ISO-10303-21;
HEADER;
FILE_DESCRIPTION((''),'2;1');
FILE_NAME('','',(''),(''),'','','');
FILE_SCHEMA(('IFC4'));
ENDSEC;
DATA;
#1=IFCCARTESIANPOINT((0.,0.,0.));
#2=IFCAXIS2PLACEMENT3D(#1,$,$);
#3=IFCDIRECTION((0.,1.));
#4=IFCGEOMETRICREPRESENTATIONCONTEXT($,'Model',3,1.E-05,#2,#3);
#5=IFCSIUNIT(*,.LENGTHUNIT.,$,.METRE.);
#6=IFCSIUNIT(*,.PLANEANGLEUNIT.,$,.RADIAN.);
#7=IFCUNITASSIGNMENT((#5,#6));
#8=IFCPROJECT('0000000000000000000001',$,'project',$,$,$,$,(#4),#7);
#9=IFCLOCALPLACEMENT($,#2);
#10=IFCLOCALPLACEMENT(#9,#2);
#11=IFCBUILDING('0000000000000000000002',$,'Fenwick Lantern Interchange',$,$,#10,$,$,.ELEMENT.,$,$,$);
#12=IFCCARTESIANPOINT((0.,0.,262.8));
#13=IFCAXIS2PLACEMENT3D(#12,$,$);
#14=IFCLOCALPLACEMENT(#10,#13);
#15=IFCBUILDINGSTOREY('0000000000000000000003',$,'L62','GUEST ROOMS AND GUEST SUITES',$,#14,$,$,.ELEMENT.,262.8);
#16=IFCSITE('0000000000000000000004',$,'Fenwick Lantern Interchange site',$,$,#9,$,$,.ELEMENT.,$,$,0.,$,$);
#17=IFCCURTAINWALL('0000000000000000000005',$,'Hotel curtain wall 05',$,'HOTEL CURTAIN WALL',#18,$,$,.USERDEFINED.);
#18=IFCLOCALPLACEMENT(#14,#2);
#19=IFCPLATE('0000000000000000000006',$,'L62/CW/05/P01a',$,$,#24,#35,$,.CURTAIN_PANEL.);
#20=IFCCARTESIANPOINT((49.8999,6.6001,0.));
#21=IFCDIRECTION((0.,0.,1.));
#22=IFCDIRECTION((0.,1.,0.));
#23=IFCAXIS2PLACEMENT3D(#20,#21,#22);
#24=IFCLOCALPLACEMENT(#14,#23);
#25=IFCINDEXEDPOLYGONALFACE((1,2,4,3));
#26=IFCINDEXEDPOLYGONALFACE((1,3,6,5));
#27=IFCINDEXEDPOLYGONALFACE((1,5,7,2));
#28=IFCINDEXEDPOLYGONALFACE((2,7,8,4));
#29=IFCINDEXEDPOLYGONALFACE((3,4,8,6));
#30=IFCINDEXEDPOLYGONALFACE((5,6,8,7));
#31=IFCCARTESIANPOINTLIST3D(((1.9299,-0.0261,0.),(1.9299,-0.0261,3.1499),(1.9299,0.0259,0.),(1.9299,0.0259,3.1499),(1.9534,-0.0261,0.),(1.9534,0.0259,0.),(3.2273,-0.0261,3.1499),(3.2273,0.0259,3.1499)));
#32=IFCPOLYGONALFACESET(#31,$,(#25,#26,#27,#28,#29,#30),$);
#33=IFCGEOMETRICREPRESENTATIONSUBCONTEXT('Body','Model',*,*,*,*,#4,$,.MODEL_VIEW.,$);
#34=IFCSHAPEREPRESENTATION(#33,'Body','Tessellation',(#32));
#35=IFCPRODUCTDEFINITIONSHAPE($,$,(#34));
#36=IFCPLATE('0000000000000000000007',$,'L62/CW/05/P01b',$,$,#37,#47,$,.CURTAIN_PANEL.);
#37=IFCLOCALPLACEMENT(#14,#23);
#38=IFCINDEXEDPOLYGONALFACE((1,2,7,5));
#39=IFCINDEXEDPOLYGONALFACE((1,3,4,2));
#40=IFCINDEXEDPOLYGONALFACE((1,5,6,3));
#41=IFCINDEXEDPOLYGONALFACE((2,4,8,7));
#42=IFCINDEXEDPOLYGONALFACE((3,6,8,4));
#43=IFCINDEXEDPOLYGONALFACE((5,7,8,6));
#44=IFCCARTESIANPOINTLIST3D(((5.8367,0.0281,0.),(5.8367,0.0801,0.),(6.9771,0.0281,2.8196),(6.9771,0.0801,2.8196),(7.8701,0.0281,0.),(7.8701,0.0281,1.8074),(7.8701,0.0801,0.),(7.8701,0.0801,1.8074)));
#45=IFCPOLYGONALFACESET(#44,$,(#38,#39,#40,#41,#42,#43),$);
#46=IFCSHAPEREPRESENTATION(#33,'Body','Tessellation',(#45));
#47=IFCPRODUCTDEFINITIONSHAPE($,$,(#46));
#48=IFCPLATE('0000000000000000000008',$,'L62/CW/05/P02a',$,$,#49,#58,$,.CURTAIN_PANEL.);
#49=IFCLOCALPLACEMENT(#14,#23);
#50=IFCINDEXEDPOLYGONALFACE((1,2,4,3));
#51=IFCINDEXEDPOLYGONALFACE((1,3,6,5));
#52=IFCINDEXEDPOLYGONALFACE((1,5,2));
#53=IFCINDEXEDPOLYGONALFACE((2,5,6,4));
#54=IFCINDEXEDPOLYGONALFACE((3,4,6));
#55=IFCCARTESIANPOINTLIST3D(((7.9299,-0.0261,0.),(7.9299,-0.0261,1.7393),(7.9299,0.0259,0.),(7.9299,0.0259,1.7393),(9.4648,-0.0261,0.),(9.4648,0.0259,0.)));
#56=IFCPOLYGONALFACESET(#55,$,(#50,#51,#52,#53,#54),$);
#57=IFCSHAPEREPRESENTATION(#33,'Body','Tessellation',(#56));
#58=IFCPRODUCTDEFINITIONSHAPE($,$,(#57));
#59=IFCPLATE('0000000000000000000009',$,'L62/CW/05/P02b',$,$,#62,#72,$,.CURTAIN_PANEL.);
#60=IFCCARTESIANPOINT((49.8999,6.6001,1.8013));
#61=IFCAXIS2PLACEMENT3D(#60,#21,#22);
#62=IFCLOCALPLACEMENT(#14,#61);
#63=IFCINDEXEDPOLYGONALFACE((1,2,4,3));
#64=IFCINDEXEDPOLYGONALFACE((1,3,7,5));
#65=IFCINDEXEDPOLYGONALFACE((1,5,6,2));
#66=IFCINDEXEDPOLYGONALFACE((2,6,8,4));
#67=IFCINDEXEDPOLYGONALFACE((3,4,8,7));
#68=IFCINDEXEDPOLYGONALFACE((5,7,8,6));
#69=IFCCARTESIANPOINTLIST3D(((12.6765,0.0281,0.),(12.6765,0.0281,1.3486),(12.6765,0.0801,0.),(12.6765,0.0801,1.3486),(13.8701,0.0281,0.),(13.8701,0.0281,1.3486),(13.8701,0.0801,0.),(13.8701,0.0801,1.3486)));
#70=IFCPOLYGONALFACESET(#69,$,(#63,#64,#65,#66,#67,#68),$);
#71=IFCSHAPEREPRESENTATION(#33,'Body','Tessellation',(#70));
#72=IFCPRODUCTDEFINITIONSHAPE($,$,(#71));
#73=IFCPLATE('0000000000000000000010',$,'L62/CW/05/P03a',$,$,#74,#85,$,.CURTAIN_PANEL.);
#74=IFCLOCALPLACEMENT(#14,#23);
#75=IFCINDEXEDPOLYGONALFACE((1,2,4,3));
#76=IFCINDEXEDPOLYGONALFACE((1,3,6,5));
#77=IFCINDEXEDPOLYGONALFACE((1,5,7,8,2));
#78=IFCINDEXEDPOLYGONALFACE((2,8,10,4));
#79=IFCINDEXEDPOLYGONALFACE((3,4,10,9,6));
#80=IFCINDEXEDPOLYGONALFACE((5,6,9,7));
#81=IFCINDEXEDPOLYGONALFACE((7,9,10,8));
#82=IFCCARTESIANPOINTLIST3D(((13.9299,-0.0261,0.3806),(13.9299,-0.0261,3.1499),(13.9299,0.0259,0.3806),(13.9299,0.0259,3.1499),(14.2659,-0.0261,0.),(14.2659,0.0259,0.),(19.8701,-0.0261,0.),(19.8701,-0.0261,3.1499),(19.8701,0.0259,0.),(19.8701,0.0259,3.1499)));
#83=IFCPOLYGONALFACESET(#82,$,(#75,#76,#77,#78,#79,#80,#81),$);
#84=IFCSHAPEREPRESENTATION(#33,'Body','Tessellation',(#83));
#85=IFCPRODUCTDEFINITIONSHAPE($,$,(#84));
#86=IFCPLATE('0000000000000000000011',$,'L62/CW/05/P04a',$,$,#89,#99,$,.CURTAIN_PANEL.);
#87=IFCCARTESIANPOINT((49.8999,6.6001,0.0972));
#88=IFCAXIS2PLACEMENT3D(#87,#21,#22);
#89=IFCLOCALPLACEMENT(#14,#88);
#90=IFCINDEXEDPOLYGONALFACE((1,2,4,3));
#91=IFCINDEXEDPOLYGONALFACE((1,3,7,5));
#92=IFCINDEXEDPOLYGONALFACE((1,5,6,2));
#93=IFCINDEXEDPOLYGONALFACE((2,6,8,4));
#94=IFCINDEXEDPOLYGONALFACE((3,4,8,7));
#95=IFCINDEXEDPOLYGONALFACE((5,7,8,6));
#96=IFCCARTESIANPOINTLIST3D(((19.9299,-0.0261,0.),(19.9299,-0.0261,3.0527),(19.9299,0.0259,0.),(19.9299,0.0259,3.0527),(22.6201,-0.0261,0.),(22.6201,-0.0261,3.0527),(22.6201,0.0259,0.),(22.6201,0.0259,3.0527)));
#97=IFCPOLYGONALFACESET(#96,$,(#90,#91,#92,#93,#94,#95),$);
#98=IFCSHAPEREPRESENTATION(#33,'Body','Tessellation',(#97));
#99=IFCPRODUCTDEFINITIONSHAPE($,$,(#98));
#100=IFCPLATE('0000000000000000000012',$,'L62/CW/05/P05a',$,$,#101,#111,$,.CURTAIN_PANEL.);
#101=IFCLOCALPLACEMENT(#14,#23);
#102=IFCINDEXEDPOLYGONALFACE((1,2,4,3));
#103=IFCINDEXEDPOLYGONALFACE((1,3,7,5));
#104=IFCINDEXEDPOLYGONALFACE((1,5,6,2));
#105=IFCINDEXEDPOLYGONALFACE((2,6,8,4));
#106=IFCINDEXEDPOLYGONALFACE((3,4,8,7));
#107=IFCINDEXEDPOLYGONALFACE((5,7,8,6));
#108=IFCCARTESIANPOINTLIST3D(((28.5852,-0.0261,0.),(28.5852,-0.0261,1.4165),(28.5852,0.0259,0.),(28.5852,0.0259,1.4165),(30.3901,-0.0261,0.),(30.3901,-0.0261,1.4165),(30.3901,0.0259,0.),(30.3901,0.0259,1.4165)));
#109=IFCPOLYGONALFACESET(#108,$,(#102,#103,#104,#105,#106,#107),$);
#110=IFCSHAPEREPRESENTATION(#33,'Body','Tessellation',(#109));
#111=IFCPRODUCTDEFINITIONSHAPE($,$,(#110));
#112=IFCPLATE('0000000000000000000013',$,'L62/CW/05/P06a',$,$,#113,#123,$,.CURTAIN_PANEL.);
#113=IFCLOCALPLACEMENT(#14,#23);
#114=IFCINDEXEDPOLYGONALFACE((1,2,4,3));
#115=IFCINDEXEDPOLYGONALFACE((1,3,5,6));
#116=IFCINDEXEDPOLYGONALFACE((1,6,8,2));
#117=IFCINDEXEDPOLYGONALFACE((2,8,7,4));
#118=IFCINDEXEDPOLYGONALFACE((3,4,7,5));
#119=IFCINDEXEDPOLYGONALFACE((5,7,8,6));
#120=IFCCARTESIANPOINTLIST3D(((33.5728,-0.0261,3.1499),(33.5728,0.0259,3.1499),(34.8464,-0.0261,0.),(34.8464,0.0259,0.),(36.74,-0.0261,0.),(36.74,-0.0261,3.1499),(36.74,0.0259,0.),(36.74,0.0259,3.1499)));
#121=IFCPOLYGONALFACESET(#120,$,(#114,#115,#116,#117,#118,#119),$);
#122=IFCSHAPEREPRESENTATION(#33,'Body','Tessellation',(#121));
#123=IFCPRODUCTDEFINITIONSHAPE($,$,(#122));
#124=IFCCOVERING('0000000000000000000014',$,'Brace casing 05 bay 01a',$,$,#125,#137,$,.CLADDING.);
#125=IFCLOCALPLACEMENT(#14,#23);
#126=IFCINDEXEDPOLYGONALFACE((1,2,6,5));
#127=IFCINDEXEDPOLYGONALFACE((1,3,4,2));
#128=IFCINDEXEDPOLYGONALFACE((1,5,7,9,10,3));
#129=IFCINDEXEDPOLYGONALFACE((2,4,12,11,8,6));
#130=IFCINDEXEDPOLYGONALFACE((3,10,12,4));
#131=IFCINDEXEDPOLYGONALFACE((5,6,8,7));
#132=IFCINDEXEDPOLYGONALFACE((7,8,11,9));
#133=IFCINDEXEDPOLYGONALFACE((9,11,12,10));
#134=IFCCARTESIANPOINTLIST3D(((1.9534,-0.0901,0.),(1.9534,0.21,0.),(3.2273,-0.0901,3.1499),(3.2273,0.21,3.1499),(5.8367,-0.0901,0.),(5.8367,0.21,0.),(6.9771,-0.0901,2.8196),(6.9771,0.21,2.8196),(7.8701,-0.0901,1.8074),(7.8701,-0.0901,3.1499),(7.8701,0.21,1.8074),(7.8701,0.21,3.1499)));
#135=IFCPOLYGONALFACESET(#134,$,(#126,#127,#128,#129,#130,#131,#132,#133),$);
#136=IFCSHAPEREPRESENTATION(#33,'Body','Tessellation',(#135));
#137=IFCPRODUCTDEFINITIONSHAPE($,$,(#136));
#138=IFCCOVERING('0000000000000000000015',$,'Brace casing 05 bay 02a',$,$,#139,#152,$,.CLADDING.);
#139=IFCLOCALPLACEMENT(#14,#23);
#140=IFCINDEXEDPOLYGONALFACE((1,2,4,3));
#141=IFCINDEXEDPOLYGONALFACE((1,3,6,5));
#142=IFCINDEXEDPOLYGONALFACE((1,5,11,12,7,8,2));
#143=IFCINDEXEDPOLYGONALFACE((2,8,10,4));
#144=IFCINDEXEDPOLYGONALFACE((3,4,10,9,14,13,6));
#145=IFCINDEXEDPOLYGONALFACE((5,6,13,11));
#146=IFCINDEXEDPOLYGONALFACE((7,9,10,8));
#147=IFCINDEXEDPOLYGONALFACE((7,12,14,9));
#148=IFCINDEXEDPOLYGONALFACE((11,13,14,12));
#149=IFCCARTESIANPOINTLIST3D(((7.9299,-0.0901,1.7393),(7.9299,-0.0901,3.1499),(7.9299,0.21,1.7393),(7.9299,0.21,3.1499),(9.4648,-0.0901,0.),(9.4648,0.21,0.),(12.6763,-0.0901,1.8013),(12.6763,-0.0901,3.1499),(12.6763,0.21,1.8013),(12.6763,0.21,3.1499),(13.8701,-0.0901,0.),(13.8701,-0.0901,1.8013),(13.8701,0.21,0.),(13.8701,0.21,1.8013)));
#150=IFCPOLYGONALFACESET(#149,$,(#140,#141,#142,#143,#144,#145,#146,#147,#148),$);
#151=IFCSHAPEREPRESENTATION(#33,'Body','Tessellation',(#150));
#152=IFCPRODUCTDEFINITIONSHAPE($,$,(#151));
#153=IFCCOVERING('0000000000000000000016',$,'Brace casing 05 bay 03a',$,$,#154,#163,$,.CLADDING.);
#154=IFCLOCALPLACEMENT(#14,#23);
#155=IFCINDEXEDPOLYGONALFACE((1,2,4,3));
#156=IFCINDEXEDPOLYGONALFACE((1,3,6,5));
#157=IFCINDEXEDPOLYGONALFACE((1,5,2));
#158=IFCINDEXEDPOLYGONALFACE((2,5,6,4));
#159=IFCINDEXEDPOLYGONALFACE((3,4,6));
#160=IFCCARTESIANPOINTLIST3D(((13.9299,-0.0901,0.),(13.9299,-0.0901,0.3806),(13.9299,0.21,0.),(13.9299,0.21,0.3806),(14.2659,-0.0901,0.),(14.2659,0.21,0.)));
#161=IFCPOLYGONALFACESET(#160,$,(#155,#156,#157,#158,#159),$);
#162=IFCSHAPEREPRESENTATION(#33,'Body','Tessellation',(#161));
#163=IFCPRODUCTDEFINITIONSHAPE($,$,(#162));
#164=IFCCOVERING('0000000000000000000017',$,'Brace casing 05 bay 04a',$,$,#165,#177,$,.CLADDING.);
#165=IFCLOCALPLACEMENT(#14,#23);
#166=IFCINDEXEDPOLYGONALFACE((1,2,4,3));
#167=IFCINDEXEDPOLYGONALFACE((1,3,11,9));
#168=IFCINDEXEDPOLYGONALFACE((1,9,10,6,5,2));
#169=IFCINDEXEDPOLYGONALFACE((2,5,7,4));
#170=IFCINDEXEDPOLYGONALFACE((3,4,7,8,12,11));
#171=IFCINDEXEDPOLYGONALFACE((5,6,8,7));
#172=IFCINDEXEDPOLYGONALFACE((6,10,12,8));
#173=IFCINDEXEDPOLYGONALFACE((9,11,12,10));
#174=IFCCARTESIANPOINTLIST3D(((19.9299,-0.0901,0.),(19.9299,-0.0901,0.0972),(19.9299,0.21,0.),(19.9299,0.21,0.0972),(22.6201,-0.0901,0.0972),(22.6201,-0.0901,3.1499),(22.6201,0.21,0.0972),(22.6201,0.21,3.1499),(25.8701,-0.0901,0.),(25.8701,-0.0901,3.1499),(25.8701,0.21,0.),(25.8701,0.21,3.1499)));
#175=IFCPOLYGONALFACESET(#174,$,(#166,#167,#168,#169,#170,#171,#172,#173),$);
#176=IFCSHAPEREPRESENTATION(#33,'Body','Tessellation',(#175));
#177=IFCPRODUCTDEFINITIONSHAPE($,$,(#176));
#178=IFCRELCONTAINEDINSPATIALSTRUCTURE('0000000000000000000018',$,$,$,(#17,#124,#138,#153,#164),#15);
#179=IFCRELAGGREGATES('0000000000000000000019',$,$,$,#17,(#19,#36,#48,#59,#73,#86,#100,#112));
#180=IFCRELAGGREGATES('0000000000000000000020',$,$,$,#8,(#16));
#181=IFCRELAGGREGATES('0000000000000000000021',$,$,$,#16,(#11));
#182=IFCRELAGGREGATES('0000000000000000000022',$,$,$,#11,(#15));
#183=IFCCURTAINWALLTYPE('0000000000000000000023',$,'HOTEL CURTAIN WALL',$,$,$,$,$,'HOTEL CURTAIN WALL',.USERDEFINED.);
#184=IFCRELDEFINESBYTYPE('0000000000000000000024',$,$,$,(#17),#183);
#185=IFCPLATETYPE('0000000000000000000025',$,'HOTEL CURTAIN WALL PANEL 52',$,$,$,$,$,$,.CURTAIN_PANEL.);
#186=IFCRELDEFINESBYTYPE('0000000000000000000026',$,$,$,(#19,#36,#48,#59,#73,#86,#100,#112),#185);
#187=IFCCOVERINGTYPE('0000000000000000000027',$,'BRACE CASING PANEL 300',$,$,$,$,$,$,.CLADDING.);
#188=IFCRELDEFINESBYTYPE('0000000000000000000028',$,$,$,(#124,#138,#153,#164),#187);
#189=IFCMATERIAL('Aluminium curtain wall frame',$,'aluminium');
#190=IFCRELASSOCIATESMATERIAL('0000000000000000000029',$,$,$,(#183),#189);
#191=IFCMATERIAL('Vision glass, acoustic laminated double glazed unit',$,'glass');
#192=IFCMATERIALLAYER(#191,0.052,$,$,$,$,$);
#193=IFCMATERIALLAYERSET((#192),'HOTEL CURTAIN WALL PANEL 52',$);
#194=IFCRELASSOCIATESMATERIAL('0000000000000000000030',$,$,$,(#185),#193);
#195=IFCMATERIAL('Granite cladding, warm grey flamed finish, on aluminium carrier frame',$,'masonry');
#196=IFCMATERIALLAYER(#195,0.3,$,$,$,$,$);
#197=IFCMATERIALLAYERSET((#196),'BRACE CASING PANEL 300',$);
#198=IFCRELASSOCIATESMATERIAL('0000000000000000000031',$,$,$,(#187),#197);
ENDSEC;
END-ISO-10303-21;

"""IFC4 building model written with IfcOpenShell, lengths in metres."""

from ifc_helpers import new_model, si_unit, direction, frame, origin, place, context, subcontext, project, spatial, polyline, outline, extrude, material, layer, layer_set, type_object, element, aggregate, save


model = new_model("IFC4")

# Units and contexts
model_context = context("Model", 3, precision=1e-05, world=origin(), true_north=direction((0.0, 1.0)))
body_context = subcontext(model_context, "Body", "Model", "MODEL_VIEW")
ifc_project = project(units=[si_unit("LENGTHUNIT", "METRE"), si_unit("PLANEANGLEUNIT", "RADIAN")], contexts=[model_context])

# Site, building, storey
site_placement = place(None, origin())
site = spatial("IfcSite", under=ifc_project, at=site_placement, Name="Fenwick Lantern Interchange site", CompositionType="ELEMENT", RefElevation=0.0)
building_placement = place(site_placement, origin())
building = spatial("IfcBuilding", under=site, at=building_placement, Name="Fenwick Lantern Interchange", CompositionType="ELEMENT")
storey_placement = place(building_placement, frame((0.0, 0.0, 262.8)))
storey = spatial("IfcBuildingStorey", under=building, at=storey_placement, Name="L62", Description="GUEST ROOMS AND GUEST SUITES", CompositionType="ELEMENT", Elevation=262.8)

# Shared definitions
ifc_material_1 = material(Name="Aluminium curtain wall frame", Category="aluminium")
curtain_wall_type = type_object("IfcCurtainWallType", Name="HOTEL CURTAIN WALL", ElementType="HOTEL CURTAIN WALL", PredefinedType="USERDEFINED", material=ifc_material_1)

# Shared definitions
ifc_material_2 = material(Name="Vision glass, acoustic laminated double glazed unit", Category="glass")
ifc_layer_1 = layer(ifc_material_2, 0.052)
ifc_layer_set_1 = layer_set([ifc_layer_1], Name="HOTEL CURTAIN WALL PANEL 52")
plate_type = type_object("IfcPlateType", Name="HOTEL CURTAIN WALL PANEL 52", PredefinedType="CURTAIN_PANEL", material=ifc_layer_set_1)

# Curtain wall, plates
curtain_wall_1_placement = place(storey_placement, origin())
curtain_wall_1 = element("IfcCurtainWall", 1, at=curtain_wall_1_placement, inside=storey, type_object=curtain_wall_type, Name="Hotel curtain wall 05", ObjectType="HOTEL CURTAIN WALL", PredefinedType="USERDEFINED")
plate_1_placement = place(storey_placement, frame((49.8999, 6.6001, 0.0), z_axis=(0.0, 0.0, 1.0), x_axis=(0.0, 1.0, 0.0)))
plate_1 = element("IfcPlate", 2, at=plate_1_placement, type_object=plate_type, Name="L62/CW/05/P01a", PredefinedType="CURTAIN_PANEL", context=body_context, shape_type="SweptSolid", body=[
    extrude(outline(polyline([(1.9299, 0.0), (1.9534, 0.0), (3.2273, 3.1499), (1.9299, 3.1499), (1.9299, 0.0)])), frame((0.0, 0.0259, 0.0), z_axis=(0.0, -1.0, 0.0), x_axis=(1.0, 0.0, 0.0)), (0.0, 0.0, 1.0), 0.052),
])
plate_2_placement = place(storey_placement, frame((49.8999, 6.6001, 0.0), z_axis=(0.0, 0.0, 1.0), x_axis=(0.0, 1.0, 0.0)))
plate_2 = element("IfcPlate", 3, at=plate_2_placement, type_object=plate_type, Name="L62/CW/05/P01b", PredefinedType="CURTAIN_PANEL", context=body_context, shape_type="SweptSolid", body=[
    extrude(outline(polyline([(5.8367, 0.0), (7.8701, 0.0), (7.8701, 1.8074), (6.9771, 2.8196), (5.8367, 0.0)])), frame((0.0, 0.0801, 0.0), z_axis=(0.0, -1.0, 0.0), x_axis=(1.0, 0.0, 0.0)), (0.0, 0.0, 1.0), 0.052),
])
plate_3_placement = place(storey_placement, frame((49.8999, 6.6001, 0.0), z_axis=(0.0, 0.0, 1.0), x_axis=(0.0, 1.0, 0.0)))
plate_3 = element("IfcPlate", 4, at=plate_3_placement, type_object=plate_type, Name="L62/CW/05/P02a", PredefinedType="CURTAIN_PANEL", context=body_context, shape_type="SweptSolid", body=[
    extrude(outline(polyline([(7.9299, 0.0), (9.4648, 0.0), (7.9299, 1.7393), (7.9299, 0.0)])), frame((0.0, 0.0259, 0.0), z_axis=(0.0, -1.0, 0.0), x_axis=(1.0, 0.0, 0.0)), (0.0, 0.0, 1.0), 0.052),
])
plate_4_placement = place(storey_placement, frame((49.8999, 6.6001, 1.8013), z_axis=(0.0, 0.0, 1.0), x_axis=(0.0, 1.0, 0.0)))
plate_4 = element("IfcPlate", 5, at=plate_4_placement, type_object=plate_type, Name="L62/CW/05/P02b", PredefinedType="CURTAIN_PANEL", context=body_context, shape_type="SweptSolid", body=[
    extrude(outline(polyline([(12.6765, 0.0), (13.8701, 0.0), (13.8701, 1.3486), (12.6765, 1.3486), (12.6765, 0.0)])), frame((0.0, 0.0801, 0.0), z_axis=(0.0, -1.0, 0.0), x_axis=(1.0, 0.0, 0.0)), (0.0, 0.0, 1.0), 0.052),
])
plate_5_placement = place(storey_placement, frame((49.8999, 6.6001, 0.0), z_axis=(0.0, 0.0, 1.0), x_axis=(0.0, 1.0, 0.0)))
plate_5 = element("IfcPlate", 6, at=plate_5_placement, type_object=plate_type, Name="L62/CW/05/P03a", PredefinedType="CURTAIN_PANEL", context=body_context, shape_type="SweptSolid", body=[
    extrude(outline(polyline([(14.2659, 0.0), (19.8701, 0.0), (19.8701, 3.1499), (13.9299, 3.1499), (13.9299, 0.3806), (14.2659, 0.0)])), frame((0.0, 0.0259, 0.0), z_axis=(0.0, -1.0, 0.0), x_axis=(1.0, 0.0, 0.0)), (0.0, 0.0, 1.0), 0.052),
])
plate_6_placement = place(storey_placement, frame((49.8999, 6.6001, 0.0972), z_axis=(0.0, 0.0, 1.0), x_axis=(0.0, 1.0, 0.0)))
plate_6 = element("IfcPlate", 7, at=plate_6_placement, type_object=plate_type, Name="L62/CW/05/P04a", PredefinedType="CURTAIN_PANEL", context=body_context, shape_type="SweptSolid", body=[
    extrude(outline(polyline([(19.9299, 0.0), (22.6201, 0.0), (22.6201, 3.0527), (19.9299, 3.0527), (19.9299, 0.0)])), frame((0.0, 0.0259, 0.0), z_axis=(0.0, -1.0, 0.0), x_axis=(1.0, 0.0, 0.0)), (0.0, 0.0, 1.0), 0.052),
])
plate_7_placement = place(storey_placement, frame((49.8999, 6.6001, 0.0), z_axis=(0.0, 0.0, 1.0), x_axis=(0.0, 1.0, 0.0)))
plate_7 = element("IfcPlate", 8, at=plate_7_placement, type_object=plate_type, Name="L62/CW/05/P05a", PredefinedType="CURTAIN_PANEL", context=body_context, shape_type="SweptSolid", body=[
    extrude(outline(polyline([(28.5852, 0.0), (30.3901, 0.0), (30.3901, 1.4165), (28.5852, 1.4165), (28.5852, 0.0)])), frame((0.0, 0.0259, 0.0), z_axis=(0.0, -1.0, 0.0), x_axis=(1.0, 0.0, 0.0)), (0.0, 0.0, 1.0), 0.052),
])
plate_8_placement = place(storey_placement, frame((49.8999, 6.6001, 0.0), z_axis=(0.0, 0.0, 1.0), x_axis=(0.0, 1.0, 0.0)))
plate_8 = element("IfcPlate", 9, at=plate_8_placement, type_object=plate_type, Name="L62/CW/05/P06a", PredefinedType="CURTAIN_PANEL", context=body_context, shape_type="SweptSolid", body=[
    extrude(outline(polyline([(34.8464, 0.0), (36.74, 0.0), (36.74, 3.1499), (33.5728, 3.1499), (34.8464, 0.0)])), frame((0.0, 0.0259, 0.0), z_axis=(0.0, -1.0, 0.0), x_axis=(1.0, 0.0, 0.0)), (0.0, 0.0, 1.0), 0.052),
])
aggregate(curtain_wall_1, [plate_1, plate_2, plate_3, plate_4, plate_5, plate_6, plate_7, plate_8])

# Coverings
ifc_material_3 = material(Name="Granite cladding, warm grey flamed finish, on aluminium carrier frame", Category="masonry")
ifc_layer_2 = layer(ifc_material_3, 0.3)
ifc_layer_set_2 = layer_set([ifc_layer_2], Name="BRACE CASING PANEL 300")
covering_type = type_object("IfcCoveringType", Name="BRACE CASING PANEL 300", PredefinedType="CLADDING", material=ifc_layer_set_2)
covering_1_placement = place(storey_placement, frame((49.8999, 6.6001, 0.0), z_axis=(0.0, 0.0, 1.0), x_axis=(0.0, 1.0, 0.0)))
element("IfcCovering", 10, at=covering_1_placement, inside=storey, type_object=covering_type, Name="Brace casing 05 bay 01a", PredefinedType="CLADDING", context=body_context, shape_type="SweptSolid", body=[
    extrude(outline(polyline([(1.9534, 0.0), (5.8367, 0.0), (6.9771, 2.8196), (7.8701, 1.8074), (7.8701, 3.1499), (3.2273, 3.1499), (1.9534, 0.0)])), frame((0.0, 0.21, 0.0), z_axis=(0.0, -1.0, 0.0), x_axis=(1.0, 0.0, 0.0)), (0.0, 0.0, 1.0), 0.3),
])
covering_2_placement = place(storey_placement, frame((49.8999, 6.6001, 0.0), z_axis=(0.0, 0.0, 1.0), x_axis=(0.0, 1.0, 0.0)))
element("IfcCovering", 11, at=covering_2_placement, inside=storey, type_object=covering_type, Name="Brace casing 05 bay 02a", PredefinedType="CLADDING", context=body_context, shape_type="SweptSolid", body=[
    extrude(outline(polyline([(9.4648, 0.0), (13.8701, 0.0), (13.8701, 1.8013), (12.6763, 1.8013), (12.6763, 3.1499), (7.9299, 3.1499), (7.9299, 1.7393), (9.4648, 0.0)])), frame((0.0, 0.21, 0.0), z_axis=(0.0, -1.0, 0.0), x_axis=(1.0, 0.0, 0.0)), (0.0, 0.0, 1.0), 0.3),
])
covering_3_placement = place(storey_placement, frame((49.8999, 6.6001, 0.0), z_axis=(0.0, 0.0, 1.0), x_axis=(0.0, 1.0, 0.0)))
element("IfcCovering", 12, at=covering_3_placement, inside=storey, type_object=covering_type, Name="Brace casing 05 bay 03a", PredefinedType="CLADDING", context=body_context, shape_type="SweptSolid", body=[
    extrude(outline(polyline([(13.9299, 0.0), (14.2659, 0.0), (13.9299, 0.3806), (13.9299, 0.0)])), frame((0.0, 0.21, 0.0), z_axis=(0.0, -1.0, 0.0), x_axis=(1.0, 0.0, 0.0)), (0.0, 0.0, 1.0), 0.3),
])
covering_4_placement = place(storey_placement, frame((49.8999, 6.6001, 0.0), z_axis=(0.0, 0.0, 1.0), x_axis=(0.0, 1.0, 0.0)))
element("IfcCovering", 13, at=covering_4_placement, inside=storey, type_object=covering_type, Name="Brace casing 05 bay 04a", PredefinedType="CLADDING", context=body_context, shape_type="SweptSolid", body=[
    extrude(outline(polyline([(19.9299, 0.0), (25.8701, 0.0), (25.8701, 3.1499), (22.6201, 3.1499), (22.6201, 0.0972), (19.9299, 0.0972), (19.9299, 0.0)])), frame((0.0, 0.21, 0.0), z_axis=(0.0, -1.0, 0.0), x_axis=(1.0, 0.0, 0.0)), (0.0, 0.0, 1.0), 0.3),
])

save(model, "model.ifc")
